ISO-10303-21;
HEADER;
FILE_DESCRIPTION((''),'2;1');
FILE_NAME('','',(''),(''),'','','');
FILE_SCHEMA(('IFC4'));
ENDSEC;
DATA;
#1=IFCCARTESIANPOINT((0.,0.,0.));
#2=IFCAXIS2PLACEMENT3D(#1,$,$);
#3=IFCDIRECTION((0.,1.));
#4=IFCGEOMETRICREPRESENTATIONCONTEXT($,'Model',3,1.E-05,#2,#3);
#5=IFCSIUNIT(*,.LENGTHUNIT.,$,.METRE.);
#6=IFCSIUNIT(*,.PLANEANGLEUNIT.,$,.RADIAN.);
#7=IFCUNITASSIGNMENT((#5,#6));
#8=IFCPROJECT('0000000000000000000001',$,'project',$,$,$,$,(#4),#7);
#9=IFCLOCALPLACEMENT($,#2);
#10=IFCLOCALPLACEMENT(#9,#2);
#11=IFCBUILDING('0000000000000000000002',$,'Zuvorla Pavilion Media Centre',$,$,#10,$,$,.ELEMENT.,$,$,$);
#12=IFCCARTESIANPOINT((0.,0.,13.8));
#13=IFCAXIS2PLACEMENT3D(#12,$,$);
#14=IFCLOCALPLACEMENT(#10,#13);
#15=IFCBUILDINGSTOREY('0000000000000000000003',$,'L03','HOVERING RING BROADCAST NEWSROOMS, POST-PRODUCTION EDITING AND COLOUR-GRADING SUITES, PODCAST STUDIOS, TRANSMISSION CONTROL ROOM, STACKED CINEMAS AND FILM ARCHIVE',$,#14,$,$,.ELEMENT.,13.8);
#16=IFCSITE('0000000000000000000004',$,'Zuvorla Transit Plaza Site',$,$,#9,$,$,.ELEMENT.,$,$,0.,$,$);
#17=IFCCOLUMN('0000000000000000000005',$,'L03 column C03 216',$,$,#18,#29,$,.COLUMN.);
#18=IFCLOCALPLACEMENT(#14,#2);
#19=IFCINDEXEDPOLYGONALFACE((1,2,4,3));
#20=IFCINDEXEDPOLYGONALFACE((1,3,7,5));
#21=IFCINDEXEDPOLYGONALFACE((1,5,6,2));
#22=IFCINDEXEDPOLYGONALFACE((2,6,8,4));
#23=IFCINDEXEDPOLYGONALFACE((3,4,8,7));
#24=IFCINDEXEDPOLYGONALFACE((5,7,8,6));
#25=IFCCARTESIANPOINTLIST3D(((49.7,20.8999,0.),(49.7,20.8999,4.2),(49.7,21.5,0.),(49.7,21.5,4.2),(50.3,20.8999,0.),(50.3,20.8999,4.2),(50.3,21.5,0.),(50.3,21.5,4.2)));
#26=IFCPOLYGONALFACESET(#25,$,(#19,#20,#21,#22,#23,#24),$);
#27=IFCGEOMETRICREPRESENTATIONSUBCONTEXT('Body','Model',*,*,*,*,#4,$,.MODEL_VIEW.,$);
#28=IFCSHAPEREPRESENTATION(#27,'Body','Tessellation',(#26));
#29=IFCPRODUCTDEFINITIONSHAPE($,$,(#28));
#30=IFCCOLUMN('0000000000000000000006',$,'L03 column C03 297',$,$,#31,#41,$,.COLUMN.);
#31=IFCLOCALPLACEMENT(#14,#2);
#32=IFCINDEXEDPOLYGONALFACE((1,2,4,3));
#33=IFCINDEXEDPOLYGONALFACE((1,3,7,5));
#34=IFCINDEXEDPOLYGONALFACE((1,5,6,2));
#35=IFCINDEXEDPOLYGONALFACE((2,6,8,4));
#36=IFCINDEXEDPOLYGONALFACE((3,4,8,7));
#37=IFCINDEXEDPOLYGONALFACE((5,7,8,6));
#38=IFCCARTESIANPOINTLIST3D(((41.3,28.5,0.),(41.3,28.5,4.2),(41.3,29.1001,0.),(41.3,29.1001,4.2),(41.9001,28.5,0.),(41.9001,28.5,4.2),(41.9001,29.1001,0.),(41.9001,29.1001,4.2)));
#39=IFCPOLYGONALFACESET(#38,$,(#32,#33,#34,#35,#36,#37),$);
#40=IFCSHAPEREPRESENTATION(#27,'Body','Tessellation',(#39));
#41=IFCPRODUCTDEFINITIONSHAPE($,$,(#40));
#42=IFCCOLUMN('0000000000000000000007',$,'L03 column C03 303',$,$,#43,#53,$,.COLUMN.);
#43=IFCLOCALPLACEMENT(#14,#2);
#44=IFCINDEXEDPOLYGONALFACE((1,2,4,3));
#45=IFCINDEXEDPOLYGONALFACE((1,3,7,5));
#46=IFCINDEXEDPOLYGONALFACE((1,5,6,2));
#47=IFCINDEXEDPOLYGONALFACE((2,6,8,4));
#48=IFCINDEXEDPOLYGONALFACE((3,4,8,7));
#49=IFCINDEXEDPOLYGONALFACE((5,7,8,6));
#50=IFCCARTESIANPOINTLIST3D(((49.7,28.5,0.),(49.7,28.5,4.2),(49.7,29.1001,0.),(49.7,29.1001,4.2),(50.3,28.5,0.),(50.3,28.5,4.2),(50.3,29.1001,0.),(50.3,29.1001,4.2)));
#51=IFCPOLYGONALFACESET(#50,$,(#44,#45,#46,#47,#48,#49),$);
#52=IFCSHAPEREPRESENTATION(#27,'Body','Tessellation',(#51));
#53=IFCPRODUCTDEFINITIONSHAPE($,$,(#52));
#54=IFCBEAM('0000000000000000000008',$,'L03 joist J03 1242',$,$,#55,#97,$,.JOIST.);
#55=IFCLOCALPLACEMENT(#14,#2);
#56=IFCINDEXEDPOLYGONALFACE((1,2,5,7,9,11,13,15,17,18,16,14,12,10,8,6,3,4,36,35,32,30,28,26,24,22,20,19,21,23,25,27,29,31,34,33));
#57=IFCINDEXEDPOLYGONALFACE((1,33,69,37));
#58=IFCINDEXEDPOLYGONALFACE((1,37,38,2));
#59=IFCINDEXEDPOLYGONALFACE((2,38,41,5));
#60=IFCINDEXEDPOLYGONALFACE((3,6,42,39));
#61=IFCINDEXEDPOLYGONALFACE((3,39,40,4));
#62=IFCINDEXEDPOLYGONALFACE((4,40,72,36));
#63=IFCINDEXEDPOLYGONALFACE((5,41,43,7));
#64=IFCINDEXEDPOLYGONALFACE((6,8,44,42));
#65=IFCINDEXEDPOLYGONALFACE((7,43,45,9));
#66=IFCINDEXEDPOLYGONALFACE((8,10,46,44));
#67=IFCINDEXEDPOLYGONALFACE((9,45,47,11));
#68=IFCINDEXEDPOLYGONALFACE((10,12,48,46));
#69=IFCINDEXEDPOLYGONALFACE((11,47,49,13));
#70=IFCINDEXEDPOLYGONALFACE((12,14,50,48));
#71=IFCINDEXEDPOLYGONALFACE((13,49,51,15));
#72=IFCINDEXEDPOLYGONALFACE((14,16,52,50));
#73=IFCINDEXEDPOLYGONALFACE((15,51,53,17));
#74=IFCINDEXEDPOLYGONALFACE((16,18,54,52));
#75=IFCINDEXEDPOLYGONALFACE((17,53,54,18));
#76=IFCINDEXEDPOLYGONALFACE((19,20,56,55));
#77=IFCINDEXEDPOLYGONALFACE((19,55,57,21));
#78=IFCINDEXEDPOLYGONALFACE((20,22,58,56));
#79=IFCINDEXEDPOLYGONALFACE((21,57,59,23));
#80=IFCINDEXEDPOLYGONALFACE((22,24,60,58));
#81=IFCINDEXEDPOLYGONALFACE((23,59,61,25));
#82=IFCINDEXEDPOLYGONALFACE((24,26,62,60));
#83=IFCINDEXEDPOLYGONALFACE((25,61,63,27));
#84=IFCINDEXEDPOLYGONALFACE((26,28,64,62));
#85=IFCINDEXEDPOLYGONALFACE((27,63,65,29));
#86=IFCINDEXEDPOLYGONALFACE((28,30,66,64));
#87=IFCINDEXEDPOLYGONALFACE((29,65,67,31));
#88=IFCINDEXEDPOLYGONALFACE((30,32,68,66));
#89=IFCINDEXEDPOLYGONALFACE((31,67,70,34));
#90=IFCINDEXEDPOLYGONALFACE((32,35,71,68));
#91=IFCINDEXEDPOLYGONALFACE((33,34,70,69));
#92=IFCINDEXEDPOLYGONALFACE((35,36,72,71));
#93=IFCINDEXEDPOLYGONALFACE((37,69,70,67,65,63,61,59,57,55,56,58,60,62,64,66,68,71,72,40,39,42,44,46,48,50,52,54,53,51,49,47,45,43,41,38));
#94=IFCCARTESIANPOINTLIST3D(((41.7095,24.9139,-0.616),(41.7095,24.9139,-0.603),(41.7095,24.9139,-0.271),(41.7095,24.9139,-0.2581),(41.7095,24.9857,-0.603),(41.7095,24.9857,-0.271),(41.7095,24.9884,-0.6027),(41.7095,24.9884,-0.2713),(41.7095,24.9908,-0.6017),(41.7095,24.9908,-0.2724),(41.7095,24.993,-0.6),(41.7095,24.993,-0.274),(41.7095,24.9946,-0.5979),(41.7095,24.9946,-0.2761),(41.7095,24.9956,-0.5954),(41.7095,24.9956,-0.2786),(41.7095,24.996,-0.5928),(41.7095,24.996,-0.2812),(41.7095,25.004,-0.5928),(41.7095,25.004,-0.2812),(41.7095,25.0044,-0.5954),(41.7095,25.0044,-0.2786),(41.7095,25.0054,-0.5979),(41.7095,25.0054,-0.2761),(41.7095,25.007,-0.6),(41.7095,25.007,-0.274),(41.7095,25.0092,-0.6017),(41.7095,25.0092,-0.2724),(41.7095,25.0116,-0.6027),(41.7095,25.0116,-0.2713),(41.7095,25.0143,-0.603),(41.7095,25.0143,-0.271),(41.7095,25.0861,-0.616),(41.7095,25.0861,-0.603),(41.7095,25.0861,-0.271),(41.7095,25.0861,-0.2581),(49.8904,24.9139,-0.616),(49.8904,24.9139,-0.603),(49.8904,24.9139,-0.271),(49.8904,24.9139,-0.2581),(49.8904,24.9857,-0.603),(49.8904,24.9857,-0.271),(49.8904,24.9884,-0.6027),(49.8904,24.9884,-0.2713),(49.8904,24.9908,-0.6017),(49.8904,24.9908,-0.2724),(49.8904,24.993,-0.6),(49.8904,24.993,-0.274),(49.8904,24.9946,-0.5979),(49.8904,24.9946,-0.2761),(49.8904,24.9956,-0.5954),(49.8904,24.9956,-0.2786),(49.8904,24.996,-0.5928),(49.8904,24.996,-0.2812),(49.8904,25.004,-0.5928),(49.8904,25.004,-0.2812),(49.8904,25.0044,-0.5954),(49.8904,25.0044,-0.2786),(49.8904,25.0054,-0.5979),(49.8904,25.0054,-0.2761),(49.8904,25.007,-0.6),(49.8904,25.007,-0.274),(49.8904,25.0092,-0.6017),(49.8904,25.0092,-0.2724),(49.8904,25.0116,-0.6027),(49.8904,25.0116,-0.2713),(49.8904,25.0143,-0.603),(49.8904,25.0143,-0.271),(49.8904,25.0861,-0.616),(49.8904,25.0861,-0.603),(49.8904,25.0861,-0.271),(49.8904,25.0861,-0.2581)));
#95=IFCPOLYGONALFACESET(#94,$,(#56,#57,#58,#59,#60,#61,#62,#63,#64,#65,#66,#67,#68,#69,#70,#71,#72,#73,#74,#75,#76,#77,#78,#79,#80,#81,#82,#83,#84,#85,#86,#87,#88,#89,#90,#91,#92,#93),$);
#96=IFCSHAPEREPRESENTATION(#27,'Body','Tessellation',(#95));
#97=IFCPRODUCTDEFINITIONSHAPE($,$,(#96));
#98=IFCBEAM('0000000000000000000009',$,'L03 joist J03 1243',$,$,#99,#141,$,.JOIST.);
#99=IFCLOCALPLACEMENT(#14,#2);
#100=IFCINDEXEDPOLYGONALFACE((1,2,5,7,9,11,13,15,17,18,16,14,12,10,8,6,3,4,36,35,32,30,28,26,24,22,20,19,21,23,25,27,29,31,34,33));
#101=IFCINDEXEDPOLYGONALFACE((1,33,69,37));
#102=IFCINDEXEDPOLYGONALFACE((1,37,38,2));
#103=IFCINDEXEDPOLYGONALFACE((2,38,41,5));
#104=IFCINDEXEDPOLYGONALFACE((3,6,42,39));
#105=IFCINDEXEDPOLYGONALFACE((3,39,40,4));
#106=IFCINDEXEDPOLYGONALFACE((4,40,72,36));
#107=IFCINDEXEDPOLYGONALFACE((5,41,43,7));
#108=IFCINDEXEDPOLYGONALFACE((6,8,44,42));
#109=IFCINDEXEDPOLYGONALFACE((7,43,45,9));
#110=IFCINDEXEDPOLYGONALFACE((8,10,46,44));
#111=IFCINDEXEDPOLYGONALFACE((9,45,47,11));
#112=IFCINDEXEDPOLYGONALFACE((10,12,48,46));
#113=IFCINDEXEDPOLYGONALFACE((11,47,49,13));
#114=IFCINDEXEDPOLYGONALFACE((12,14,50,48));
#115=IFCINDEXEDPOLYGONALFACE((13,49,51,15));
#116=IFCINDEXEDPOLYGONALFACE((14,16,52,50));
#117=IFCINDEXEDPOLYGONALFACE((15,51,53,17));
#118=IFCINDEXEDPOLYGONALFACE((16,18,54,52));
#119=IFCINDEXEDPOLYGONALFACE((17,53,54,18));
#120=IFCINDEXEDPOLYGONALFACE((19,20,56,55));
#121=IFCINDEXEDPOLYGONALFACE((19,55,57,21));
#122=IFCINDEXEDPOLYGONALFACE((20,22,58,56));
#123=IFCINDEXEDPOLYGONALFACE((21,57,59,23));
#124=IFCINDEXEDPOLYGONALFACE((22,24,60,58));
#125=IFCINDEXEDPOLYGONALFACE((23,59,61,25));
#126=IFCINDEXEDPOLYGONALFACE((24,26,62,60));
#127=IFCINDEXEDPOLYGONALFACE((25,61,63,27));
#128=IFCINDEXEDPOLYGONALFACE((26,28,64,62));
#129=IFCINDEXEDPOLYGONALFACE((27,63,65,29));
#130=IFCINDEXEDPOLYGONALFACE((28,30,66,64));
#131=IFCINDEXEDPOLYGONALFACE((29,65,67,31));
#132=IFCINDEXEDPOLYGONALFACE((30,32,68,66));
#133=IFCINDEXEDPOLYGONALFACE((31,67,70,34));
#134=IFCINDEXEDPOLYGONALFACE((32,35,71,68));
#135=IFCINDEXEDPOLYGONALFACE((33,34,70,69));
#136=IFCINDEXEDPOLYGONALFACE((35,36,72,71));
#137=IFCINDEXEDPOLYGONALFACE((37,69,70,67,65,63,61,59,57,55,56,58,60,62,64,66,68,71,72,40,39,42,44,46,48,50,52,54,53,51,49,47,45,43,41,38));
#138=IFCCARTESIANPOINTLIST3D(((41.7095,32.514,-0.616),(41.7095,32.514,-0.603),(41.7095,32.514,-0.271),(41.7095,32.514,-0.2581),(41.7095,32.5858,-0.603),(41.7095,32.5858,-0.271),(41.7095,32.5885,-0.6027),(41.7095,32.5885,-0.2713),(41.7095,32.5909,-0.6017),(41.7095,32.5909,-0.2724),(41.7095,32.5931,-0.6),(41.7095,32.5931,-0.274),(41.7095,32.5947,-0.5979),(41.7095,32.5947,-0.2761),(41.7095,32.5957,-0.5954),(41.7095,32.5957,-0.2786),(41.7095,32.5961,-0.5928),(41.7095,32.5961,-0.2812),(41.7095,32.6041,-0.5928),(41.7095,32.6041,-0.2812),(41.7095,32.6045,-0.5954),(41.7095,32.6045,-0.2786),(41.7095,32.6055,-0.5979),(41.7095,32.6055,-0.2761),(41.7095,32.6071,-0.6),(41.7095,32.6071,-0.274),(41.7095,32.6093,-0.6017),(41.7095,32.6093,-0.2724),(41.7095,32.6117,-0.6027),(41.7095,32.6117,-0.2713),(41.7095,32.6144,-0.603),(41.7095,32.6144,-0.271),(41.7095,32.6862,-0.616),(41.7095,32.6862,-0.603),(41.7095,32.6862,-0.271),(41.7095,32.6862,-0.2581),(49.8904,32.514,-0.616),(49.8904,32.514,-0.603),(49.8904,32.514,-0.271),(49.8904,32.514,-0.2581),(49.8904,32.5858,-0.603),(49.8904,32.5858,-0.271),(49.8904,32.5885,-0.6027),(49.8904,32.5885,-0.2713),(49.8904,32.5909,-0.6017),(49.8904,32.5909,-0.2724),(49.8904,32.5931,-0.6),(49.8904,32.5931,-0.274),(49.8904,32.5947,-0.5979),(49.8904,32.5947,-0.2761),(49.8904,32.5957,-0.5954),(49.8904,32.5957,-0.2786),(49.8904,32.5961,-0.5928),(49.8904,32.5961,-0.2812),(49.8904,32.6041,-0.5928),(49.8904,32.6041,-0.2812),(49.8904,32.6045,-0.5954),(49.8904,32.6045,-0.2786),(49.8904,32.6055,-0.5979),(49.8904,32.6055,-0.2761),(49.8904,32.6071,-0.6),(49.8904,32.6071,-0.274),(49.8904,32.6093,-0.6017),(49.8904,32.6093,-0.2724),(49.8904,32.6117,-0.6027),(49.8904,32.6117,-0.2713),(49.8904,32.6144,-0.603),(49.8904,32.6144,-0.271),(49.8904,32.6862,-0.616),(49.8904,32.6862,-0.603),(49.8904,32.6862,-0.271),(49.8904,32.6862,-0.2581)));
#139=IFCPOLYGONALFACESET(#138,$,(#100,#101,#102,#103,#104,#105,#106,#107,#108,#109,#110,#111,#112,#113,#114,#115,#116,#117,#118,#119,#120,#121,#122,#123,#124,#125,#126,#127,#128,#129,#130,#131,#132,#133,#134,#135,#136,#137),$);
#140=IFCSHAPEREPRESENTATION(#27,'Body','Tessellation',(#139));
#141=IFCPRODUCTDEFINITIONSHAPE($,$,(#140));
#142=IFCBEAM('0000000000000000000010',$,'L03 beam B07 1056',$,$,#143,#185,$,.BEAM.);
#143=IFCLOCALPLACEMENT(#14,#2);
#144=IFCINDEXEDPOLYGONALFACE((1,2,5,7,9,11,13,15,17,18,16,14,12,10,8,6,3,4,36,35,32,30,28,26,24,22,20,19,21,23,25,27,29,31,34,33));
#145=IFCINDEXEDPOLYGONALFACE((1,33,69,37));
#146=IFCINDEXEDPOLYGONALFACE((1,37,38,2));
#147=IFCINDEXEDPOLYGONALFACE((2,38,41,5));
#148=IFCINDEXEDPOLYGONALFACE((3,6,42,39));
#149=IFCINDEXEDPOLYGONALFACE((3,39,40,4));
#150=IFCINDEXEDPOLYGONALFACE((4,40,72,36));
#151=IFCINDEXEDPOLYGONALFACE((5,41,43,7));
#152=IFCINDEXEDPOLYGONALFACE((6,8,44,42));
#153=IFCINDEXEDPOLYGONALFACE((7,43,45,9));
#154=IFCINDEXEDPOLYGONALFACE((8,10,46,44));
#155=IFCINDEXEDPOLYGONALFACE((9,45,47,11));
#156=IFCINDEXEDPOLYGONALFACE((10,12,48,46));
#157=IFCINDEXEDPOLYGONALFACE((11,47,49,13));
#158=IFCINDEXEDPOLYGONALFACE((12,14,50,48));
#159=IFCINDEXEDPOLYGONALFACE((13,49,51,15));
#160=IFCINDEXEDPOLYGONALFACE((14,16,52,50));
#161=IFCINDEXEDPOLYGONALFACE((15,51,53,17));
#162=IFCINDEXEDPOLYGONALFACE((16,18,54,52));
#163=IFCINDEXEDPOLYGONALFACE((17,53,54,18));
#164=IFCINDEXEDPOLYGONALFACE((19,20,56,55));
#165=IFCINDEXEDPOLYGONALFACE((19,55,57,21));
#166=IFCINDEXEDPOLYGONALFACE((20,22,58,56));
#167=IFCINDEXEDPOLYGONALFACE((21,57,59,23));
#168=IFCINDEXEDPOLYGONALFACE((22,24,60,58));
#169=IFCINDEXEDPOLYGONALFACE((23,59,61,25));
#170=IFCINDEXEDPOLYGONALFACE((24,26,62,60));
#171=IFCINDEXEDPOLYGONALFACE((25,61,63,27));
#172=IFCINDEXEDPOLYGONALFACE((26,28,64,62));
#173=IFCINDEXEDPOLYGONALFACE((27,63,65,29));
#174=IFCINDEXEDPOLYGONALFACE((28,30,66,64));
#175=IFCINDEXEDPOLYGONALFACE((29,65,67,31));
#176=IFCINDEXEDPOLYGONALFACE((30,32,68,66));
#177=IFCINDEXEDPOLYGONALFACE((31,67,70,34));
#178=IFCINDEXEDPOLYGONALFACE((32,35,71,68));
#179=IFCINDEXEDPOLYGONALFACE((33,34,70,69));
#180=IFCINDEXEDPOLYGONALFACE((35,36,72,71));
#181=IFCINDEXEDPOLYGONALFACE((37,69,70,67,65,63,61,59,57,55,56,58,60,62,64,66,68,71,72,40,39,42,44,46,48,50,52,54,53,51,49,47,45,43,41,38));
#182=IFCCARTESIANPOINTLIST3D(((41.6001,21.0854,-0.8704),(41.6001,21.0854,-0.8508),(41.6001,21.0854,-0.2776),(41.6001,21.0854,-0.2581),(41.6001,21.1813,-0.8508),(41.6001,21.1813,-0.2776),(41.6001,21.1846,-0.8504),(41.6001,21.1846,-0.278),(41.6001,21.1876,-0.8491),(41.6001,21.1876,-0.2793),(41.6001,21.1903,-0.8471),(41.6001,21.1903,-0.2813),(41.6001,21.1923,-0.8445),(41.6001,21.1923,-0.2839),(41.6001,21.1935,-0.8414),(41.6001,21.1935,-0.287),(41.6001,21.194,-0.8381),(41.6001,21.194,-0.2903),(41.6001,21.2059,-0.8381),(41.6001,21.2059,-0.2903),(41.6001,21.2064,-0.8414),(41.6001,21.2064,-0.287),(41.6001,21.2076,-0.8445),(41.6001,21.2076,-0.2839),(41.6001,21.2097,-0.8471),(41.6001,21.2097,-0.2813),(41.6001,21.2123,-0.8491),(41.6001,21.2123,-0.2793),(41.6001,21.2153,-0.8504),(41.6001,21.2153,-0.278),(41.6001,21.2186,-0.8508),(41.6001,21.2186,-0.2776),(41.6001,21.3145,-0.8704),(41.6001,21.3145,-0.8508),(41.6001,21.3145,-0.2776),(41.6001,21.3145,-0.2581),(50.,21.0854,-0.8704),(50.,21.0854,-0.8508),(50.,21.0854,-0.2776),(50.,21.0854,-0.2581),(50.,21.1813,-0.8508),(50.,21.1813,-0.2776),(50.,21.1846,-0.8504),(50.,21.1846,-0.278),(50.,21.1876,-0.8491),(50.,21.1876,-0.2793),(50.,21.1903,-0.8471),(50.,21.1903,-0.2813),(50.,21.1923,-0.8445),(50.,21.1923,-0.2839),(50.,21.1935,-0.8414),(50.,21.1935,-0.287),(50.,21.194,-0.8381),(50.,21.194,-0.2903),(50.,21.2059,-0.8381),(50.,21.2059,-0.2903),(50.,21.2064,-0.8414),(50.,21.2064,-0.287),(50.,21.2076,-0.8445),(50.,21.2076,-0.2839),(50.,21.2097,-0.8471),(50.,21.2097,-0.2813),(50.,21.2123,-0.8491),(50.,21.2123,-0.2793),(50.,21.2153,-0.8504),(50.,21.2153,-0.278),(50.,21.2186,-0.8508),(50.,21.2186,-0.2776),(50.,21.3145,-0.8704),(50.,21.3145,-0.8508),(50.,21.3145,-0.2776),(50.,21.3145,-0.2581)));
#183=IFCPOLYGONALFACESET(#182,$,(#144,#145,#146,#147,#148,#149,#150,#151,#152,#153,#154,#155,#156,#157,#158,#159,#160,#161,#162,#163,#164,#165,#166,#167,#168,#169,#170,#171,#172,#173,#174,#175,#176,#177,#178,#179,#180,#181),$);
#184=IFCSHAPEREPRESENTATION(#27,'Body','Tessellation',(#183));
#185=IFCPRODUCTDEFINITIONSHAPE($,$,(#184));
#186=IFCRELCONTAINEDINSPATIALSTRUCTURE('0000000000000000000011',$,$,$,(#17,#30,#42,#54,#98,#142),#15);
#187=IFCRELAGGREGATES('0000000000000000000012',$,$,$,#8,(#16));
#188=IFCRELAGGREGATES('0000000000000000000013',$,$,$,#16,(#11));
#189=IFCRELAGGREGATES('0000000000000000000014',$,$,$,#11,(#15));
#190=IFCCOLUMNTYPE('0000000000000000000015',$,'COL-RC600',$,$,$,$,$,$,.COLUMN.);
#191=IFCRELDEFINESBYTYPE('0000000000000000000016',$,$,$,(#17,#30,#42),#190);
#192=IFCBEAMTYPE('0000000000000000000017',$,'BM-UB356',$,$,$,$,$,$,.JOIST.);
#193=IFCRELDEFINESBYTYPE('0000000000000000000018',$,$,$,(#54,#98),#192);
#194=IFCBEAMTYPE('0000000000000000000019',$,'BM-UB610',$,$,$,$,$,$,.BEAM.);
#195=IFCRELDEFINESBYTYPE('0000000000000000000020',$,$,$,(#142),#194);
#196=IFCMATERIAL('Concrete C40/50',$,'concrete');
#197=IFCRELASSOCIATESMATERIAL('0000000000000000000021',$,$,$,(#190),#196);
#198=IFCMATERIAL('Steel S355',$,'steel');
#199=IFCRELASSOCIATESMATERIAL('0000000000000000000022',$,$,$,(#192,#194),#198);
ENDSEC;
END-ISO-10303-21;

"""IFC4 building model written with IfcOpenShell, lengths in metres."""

from ifc_helpers import new_model, si_unit, direction, frame, origin, origin_2d, place, context, subcontext, project, spatial, rectangle, i_section, extrude, material, material_profile, profile_set, type_object, element, save


model = new_model("IFC4")

# Units and contexts
model_context = context("Model", 3, precision=1e-05, world=origin(), true_north=direction((0.0, 1.0)))
body_context = subcontext(model_context, "Body", "Model", "MODEL_VIEW")
ifc_project = project(units=[si_unit("LENGTHUNIT", "METRE"), si_unit("PLANEANGLEUNIT", "RADIAN")], contexts=[model_context])

# Site, building, storey
site_placement = place(None, origin())
site = spatial("IfcSite", under=ifc_project, at=site_placement, Name="Zuvorla Transit Plaza Site", CompositionType="ELEMENT", RefElevation=0.0)
building_placement = place(site_placement, origin())
building = spatial("IfcBuilding", under=site, at=building_placement, Name="Zuvorla Pavilion Media Centre", CompositionType="ELEMENT")
storey_placement = place(building_placement, frame((0.0, 0.0, 13.8)))
storey = spatial("IfcBuildingStorey", under=building, at=storey_placement, Name="L03", Description="HOVERING RING BROADCAST NEWSROOMS, POST-PRODUCTION EDITING AND COLOUR-GRADING SUITES, PODCAST STUDIOS, TRANSMISSION CONTROL ROOM, STACKED CINEMAS AND FILM ARCHIVE", CompositionType="ELEMENT", Elevation=13.8)

# Columns
ifc_material_1 = material(Name="Concrete C40/50", Category="concrete")
ifc_material_profile_1 = material_profile(ifc_material_1, rectangle(XDim=0.6001, YDim=0.6001, at=origin_2d()), Name="RC 600x600")
ifc_profile_set_1 = profile_set([ifc_material_profile_1], Name="Concrete C40/50")
column_type = type_object("IfcColumnType", Name="COL-RC600", PredefinedType="COLUMN", material=ifc_profile_set_1)
for number, where, z_axis, x_axis, name in (
    (1, (50.0, 21.2, 0.0), (0.0, 0.0, 1.0), (1.0, 0.0, 0.0), "L03 column C03 216"),
    (2, (41.6001, 28.8, 0.0), (0.0, 0.0, 1.0), (1.0, 0.0, 0.0), "L03 column C03 297"),
    (3, (50.0, 28.8, 0.0), (0.0, 0.0, 1.0), (1.0, 0.0, 0.0), "L03 column C03 303"),
):
    element("IfcColumn", number, at=place(storey_placement, frame(where, z_axis=z_axis, x_axis=x_axis)), inside=storey, type_object=column_type, Name=name, PredefinedType="COLUMN", context=body_context, shape_type="SweptSolid", body=[
        extrude(rectangle(XDim=0.6001, YDim=0.6001, at=origin_2d()), origin(), (0.0, 0.0, 1.0), 4.2),
    ])

# Beams
ifc_material_2 = material(Name="Steel S355", Category="steel")
ifc_material_profile_2 = material_profile(ifc_material_2, i_section(OverallWidth=0.1721, OverallDepth=0.3579, WebThickness=0.0081, FlangeThickness=0.0129, FilletRadius=0.0103, at=origin_2d()), Name="UB 356x171x57")
ifc_profile_set_2 = profile_set([ifc_material_profile_2], Name="Steel S355")
beam_type_1 = type_object("IfcBeamType", Name="BM-UB356", PredefinedType="JOIST", material=ifc_profile_set_2)
for number, where, z_axis, x_axis, name in (
    (4, (41.7095, 25.0, -0.437), (1.0, 0.0, 0.0), (0.0, 1.0, 0.0), "L03 joist J03 1242"),
    (5, (41.7095, 32.6001, -0.437), (1.0, 0.0, 0.0), (0.0, 1.0, 0.0), "L03 joist J03 1243"),
):
    element("IfcBeam", number, at=place(storey_placement, frame(where, z_axis=z_axis, x_axis=x_axis)), inside=storey, type_object=beam_type_1, Name=name, PredefinedType="JOIST", context=body_context, shape_type="SweptSolid", body=[
        extrude(i_section(OverallWidth=0.1721, OverallDepth=0.3579, WebThickness=0.0081, FlangeThickness=0.0129, FilletRadius=0.0103, at=origin_2d()), origin(), (0.0, 0.0, 1.0), 8.1809),
    ])
ifc_material_profile_3 = material_profile(ifc_material_2, i_section(OverallWidth=0.229, OverallDepth=0.6123, WebThickness=0.012, FlangeThickness=0.0195, FilletRadius=0.0127, at=origin_2d()), Name="UB 610x229x125")
ifc_profile_set_3 = profile_set([ifc_material_profile_3], Name="Steel S355")
beam_type_2 = type_object("IfcBeamType", Name="BM-UB610", PredefinedType="BEAM", material=ifc_profile_set_3)
for number, where, z_axis, x_axis, name in (
    (6, (41.6001, 21.2, -0.5642), (1.0, 0.0, 0.0), (0.0, 1.0, 0.0), "L03 beam B07 1056"),
):
    element("IfcBeam", number, at=place(storey_placement, frame(where, z_axis=z_axis, x_axis=x_axis)), inside=storey, type_object=beam_type_2, Name=name, PredefinedType="BEAM", context=body_context, shape_type="SweptSolid", body=[
        extrude(i_section(OverallWidth=0.229, OverallDepth=0.6123, WebThickness=0.012, FlangeThickness=0.0195, FilletRadius=0.0127, at=origin_2d()), origin(), (0.0, 0.0, 1.0), 8.3999),
    ])

save(model, "model.ifc")
